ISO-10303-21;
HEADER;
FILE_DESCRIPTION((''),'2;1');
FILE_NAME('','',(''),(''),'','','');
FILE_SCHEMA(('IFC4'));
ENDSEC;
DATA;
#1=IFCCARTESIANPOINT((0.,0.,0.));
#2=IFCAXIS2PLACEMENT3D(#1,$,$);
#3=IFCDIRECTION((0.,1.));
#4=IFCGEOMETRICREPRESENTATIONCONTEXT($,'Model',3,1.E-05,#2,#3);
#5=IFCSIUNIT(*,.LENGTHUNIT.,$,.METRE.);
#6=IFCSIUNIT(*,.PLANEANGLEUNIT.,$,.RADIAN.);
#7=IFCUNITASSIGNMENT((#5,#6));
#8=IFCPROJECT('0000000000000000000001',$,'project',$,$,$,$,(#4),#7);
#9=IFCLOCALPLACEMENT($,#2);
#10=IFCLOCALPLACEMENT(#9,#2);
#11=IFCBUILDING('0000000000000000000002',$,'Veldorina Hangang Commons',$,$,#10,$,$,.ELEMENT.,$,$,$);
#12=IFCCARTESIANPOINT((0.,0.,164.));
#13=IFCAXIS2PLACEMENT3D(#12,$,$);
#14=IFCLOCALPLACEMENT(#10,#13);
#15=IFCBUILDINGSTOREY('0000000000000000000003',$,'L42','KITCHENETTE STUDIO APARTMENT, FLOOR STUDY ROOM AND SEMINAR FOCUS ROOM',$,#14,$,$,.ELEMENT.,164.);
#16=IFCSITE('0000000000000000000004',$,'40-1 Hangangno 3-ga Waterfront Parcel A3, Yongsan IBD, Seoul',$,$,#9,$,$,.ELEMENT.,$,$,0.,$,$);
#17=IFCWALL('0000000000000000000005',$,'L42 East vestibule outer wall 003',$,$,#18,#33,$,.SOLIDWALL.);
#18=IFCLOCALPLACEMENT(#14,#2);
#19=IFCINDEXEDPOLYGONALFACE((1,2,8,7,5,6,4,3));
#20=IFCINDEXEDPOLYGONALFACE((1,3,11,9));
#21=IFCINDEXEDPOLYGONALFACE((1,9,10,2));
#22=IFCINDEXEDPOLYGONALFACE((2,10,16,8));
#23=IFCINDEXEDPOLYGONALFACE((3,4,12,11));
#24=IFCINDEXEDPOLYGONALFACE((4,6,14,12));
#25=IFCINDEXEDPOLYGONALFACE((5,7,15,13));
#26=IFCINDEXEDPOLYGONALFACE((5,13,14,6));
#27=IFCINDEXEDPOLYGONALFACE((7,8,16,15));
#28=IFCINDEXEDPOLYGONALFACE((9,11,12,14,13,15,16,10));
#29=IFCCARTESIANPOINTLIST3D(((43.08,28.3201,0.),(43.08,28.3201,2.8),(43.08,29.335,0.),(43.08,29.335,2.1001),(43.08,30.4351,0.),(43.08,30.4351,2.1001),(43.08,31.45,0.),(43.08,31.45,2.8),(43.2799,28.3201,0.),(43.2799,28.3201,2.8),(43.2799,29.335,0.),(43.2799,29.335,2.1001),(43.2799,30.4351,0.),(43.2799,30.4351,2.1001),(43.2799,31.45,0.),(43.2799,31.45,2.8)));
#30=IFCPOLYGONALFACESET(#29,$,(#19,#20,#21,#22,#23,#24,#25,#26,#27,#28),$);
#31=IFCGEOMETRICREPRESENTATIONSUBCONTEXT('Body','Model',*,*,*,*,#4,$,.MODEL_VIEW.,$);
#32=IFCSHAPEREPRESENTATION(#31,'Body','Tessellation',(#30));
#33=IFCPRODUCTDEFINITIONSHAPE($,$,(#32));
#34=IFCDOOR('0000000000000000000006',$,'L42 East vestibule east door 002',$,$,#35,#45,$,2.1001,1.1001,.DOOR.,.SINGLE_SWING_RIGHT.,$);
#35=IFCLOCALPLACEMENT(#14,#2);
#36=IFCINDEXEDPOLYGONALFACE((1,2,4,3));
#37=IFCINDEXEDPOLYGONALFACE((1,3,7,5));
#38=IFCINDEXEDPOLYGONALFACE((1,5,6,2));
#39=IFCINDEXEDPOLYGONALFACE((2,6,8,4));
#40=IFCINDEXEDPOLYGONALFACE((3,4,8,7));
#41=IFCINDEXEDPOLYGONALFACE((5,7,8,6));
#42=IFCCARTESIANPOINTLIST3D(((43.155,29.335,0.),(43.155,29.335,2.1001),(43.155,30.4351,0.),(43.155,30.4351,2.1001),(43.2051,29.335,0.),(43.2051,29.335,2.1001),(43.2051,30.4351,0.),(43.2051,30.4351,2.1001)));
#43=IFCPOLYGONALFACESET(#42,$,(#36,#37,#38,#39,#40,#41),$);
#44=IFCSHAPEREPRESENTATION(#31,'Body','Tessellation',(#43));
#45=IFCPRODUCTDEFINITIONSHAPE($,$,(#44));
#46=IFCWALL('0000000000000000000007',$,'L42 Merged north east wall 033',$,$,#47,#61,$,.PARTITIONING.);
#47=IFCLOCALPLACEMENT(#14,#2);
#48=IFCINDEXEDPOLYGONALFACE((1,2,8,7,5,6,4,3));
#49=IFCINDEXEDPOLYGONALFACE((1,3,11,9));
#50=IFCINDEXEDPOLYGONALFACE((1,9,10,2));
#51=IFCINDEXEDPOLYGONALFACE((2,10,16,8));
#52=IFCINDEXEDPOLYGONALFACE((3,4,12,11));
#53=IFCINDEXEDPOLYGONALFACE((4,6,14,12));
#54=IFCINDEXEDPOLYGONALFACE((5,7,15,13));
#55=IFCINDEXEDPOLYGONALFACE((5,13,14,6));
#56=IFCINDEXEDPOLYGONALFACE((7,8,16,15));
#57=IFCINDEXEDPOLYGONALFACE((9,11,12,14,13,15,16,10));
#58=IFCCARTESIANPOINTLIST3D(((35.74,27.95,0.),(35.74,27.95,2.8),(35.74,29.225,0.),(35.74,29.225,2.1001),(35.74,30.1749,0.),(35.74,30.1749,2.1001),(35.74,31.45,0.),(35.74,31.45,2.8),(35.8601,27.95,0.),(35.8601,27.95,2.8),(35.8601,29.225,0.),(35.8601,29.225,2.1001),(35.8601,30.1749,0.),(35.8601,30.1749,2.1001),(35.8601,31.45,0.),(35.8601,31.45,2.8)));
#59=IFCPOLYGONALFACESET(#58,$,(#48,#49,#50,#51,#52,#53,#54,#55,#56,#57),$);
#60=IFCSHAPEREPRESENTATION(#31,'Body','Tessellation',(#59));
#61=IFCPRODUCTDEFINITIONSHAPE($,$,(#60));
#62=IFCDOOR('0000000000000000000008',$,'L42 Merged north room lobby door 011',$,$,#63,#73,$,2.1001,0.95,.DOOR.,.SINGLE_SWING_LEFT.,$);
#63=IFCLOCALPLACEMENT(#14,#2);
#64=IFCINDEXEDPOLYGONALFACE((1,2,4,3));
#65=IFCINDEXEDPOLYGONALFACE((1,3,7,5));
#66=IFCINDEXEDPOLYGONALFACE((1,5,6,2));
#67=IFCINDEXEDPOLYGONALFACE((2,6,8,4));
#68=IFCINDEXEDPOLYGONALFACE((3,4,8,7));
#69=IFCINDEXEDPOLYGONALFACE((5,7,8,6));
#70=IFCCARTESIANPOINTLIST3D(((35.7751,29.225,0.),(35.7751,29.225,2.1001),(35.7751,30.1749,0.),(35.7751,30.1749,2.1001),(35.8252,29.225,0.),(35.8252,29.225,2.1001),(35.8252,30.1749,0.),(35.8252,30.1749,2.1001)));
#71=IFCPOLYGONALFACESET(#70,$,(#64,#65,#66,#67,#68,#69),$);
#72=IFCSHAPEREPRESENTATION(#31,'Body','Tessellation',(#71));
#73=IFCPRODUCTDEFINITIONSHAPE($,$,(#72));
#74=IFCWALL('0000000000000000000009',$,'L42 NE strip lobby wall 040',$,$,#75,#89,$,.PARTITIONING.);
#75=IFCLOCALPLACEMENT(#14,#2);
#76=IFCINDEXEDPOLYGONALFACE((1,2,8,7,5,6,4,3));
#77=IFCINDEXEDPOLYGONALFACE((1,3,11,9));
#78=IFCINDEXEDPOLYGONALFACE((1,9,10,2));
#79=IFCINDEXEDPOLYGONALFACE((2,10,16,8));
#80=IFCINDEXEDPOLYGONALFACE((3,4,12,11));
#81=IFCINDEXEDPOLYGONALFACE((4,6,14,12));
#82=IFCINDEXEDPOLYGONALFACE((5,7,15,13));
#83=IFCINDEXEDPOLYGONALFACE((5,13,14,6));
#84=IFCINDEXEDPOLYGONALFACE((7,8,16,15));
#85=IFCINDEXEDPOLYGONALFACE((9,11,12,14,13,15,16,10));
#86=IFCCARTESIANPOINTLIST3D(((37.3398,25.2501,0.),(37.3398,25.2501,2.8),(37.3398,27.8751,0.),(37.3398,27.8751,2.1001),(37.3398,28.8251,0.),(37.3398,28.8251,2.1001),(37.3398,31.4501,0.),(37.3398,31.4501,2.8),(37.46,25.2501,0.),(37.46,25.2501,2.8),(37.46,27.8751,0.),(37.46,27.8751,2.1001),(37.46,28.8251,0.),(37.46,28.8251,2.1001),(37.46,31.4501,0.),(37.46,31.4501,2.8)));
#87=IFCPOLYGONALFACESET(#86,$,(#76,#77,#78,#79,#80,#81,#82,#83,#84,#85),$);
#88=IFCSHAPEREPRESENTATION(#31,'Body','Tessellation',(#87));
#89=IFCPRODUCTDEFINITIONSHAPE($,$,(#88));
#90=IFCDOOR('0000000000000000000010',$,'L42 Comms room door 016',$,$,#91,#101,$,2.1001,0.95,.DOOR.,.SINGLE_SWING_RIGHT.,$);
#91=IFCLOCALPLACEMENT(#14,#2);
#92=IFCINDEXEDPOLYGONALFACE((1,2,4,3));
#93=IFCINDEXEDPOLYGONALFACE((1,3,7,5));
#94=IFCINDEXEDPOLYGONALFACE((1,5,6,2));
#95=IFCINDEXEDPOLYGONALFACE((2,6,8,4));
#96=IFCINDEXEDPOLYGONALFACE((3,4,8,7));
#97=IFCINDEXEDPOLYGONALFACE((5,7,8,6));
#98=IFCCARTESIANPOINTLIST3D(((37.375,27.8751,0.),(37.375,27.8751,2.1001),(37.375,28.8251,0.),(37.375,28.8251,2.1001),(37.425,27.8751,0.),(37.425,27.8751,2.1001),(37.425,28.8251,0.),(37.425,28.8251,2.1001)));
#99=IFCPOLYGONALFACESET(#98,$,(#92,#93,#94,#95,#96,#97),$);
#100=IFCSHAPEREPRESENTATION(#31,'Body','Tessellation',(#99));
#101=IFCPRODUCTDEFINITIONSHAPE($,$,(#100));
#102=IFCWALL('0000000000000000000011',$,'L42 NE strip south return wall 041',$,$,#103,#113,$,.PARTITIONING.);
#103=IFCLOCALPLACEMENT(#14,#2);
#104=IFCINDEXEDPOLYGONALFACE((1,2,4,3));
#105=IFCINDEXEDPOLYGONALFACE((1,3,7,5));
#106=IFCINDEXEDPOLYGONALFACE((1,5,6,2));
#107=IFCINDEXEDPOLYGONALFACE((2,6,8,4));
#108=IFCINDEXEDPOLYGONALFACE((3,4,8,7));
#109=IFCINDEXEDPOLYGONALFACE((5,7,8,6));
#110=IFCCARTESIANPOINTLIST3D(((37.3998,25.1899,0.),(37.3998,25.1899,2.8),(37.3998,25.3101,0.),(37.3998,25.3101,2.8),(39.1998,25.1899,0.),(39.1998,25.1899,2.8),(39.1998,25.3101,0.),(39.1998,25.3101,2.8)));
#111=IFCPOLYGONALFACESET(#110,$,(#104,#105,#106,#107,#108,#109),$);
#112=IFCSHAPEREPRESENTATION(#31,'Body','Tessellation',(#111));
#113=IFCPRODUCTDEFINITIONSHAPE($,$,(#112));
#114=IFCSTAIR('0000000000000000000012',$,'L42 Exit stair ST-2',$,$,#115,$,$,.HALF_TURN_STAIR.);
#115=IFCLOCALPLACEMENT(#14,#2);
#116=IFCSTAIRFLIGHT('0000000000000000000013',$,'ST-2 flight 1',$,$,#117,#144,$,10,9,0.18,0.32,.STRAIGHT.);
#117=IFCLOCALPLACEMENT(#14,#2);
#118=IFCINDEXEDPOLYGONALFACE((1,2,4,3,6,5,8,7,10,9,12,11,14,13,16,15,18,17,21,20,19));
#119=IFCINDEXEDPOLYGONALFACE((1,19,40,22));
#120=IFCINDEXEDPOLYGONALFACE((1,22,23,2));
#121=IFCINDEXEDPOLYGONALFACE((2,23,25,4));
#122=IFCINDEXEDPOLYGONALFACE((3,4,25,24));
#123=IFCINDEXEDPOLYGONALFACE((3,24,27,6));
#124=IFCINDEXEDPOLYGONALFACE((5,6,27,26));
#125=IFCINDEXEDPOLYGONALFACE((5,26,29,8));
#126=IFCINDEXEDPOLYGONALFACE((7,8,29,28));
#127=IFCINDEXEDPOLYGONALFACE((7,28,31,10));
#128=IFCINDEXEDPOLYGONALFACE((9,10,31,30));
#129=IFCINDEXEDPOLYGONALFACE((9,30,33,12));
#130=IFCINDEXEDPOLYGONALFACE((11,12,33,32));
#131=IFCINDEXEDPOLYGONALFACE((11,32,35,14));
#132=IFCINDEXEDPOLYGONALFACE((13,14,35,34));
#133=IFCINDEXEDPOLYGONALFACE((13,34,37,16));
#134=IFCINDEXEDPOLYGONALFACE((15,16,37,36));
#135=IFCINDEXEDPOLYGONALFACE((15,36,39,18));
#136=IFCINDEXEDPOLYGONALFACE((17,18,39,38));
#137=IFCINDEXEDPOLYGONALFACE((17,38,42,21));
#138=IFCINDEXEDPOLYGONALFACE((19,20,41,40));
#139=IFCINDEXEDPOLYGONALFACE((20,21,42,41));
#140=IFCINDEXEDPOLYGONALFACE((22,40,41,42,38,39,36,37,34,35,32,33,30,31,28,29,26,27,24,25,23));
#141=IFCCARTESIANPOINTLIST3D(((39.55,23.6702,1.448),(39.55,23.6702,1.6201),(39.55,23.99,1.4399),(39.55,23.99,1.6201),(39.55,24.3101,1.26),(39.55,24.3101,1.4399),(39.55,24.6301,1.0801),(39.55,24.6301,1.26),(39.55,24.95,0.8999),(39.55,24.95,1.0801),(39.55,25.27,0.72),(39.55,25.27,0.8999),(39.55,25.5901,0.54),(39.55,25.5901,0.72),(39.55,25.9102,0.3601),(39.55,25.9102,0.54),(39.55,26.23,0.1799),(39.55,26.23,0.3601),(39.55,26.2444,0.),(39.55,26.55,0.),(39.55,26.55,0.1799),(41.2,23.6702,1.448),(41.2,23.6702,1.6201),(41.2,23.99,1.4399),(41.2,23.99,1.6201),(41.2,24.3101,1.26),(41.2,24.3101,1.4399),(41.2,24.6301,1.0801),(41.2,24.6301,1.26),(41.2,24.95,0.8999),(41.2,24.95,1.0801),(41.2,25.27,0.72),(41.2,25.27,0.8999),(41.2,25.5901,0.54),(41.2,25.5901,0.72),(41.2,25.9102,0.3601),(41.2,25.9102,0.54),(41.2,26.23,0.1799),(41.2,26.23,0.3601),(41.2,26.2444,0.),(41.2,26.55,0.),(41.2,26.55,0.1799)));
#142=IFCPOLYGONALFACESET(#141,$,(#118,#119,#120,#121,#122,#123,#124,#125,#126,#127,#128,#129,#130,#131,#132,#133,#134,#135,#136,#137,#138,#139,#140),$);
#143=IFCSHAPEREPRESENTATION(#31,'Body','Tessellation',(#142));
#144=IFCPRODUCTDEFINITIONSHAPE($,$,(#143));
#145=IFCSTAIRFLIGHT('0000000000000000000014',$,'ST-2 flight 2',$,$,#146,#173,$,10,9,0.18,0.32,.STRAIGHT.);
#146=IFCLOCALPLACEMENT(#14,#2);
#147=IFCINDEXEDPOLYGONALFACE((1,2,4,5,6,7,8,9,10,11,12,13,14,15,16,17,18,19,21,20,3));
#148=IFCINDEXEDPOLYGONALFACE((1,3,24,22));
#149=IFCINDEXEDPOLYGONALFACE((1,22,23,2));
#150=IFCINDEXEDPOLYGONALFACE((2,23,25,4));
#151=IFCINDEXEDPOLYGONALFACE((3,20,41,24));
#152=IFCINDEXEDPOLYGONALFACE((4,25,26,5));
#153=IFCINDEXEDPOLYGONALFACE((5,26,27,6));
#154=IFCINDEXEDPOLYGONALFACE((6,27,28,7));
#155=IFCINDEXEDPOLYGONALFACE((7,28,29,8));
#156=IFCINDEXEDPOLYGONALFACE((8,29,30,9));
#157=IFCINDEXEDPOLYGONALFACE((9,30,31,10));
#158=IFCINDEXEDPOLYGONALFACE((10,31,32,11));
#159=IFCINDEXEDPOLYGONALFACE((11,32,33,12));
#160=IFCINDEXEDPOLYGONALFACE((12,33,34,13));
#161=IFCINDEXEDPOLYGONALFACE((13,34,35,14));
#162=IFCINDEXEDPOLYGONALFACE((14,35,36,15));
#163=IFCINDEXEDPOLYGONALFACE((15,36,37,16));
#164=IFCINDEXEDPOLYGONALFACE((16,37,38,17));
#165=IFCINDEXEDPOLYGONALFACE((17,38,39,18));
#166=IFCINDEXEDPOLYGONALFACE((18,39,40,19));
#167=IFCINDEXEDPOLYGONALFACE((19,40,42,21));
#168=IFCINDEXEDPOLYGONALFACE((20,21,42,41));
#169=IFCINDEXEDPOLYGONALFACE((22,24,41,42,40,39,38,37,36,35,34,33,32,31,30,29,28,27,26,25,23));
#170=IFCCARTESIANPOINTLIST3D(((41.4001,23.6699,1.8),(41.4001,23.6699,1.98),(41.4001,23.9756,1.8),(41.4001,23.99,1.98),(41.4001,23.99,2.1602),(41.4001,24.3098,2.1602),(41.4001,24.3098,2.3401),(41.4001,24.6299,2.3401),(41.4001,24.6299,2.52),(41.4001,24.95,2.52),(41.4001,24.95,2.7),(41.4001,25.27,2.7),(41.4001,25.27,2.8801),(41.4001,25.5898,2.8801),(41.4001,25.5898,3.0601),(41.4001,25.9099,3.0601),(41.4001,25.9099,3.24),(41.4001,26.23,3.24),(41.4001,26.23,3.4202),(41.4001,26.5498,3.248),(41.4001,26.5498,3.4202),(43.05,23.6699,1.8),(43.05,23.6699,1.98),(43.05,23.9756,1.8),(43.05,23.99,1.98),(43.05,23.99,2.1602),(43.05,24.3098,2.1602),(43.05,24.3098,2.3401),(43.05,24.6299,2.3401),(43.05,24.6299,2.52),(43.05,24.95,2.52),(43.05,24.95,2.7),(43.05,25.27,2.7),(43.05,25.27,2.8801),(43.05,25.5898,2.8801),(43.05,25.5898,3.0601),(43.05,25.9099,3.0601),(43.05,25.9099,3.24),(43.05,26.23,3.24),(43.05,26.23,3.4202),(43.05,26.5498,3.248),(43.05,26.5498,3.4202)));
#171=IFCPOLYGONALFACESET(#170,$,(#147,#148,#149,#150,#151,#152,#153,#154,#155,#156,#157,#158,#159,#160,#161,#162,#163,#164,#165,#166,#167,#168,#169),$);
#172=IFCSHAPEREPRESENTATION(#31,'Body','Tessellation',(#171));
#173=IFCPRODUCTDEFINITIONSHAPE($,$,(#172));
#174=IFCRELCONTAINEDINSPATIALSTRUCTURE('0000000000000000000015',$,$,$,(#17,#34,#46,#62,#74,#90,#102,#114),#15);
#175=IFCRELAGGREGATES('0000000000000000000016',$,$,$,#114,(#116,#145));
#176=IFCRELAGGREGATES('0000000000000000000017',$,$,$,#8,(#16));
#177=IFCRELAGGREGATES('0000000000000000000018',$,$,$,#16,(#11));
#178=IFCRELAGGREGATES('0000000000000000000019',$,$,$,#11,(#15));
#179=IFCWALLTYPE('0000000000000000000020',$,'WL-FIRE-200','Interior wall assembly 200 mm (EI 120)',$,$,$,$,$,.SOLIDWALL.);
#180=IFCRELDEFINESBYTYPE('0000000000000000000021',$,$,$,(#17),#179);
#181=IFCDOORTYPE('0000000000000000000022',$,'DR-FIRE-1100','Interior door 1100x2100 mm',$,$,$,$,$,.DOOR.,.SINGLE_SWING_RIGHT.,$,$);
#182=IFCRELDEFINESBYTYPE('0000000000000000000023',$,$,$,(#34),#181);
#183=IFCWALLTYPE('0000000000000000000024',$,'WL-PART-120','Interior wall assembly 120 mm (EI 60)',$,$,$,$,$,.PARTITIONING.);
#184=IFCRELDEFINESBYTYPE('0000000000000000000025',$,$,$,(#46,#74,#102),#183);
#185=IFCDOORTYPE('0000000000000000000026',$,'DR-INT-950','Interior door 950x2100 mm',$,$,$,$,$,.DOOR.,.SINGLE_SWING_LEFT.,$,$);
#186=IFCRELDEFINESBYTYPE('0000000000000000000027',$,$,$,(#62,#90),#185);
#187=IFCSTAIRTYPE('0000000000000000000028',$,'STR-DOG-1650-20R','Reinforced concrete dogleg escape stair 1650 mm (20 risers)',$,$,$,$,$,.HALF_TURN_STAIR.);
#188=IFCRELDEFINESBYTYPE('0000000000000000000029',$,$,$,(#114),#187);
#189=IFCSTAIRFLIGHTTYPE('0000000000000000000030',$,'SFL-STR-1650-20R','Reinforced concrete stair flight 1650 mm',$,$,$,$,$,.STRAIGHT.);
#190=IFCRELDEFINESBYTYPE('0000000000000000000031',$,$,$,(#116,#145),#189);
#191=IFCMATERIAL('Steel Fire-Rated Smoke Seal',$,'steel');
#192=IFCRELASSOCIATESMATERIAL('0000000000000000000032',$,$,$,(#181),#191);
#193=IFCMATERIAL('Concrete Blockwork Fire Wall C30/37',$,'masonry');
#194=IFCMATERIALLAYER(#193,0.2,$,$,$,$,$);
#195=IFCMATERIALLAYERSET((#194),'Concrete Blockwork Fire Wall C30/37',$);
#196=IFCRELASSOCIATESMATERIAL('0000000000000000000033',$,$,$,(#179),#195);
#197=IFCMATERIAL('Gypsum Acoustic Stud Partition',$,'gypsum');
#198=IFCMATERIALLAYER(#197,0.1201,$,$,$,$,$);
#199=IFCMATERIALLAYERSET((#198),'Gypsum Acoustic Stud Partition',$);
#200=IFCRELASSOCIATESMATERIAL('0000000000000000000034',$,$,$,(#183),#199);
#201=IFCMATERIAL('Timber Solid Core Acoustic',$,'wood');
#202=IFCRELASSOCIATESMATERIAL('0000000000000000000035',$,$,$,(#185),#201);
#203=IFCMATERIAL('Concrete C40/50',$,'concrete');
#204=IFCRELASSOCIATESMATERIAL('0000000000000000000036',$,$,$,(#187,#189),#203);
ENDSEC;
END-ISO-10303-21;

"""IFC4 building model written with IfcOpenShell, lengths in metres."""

from ifc_helpers import new_model, si_unit, direction, frame, frame_2d, origin, place, context, subcontext, project, spatial, polyline, rectangle, outline, extrude, material, layer, layer_set, type_object, element, fill, aggregate, save


model = new_model("IFC4")

# Units and contexts
model_context = context("Model", 3, precision=1e-05, world=origin(), true_north=direction((0.0, 1.0)))
body_context = subcontext(model_context, "Body", "Model", "MODEL_VIEW")
ifc_project = project(units=[si_unit("LENGTHUNIT", "METRE"), si_unit("PLANEANGLEUNIT", "RADIAN")], contexts=[model_context])

# Site, building, storey
site_placement = place(None, origin())
site = spatial("IfcSite", under=ifc_project, at=site_placement, Name="40-1 Hangangno 3-ga Waterfront Parcel A3, Yongsan IBD, Seoul", CompositionType="ELEMENT", RefElevation=0.0)
building_placement = place(site_placement, origin())
building = spatial("IfcBuilding", under=site, at=building_placement, Name="Veldorina Hangang Commons", CompositionType="ELEMENT")
storey_placement = place(building_placement, frame((0.0, 0.0, 164.0)))
storey = spatial("IfcBuildingStorey", under=building, at=storey_placement, Name="L42", Description="KITCHENETTE STUDIO APARTMENT, FLOOR STUDY ROOM AND SEMINAR FOCUS ROOM", CompositionType="ELEMENT", Elevation=164.0)

# Shared definitions
ifc_material_1 = material(Name="Steel Fire-Rated Smoke Seal", Category="steel")
door_type_1 = type_object("IfcDoorType", Name="DR-FIRE-1100", Description="Interior door 1100x2100 mm", OperationType="SINGLE_SWING_RIGHT", PredefinedType="DOOR", material=ifc_material_1)

# Walls, openings, doors
ifc_material_2 = material(Name="Concrete Blockwork Fire Wall C30/37", Category="masonry")
ifc_layer_1 = layer(ifc_material_2, 0.2)
ifc_layer_set_1 = layer_set([ifc_layer_1], Name="Concrete Blockwork Fire Wall C30/37")
wall_type_1 = type_object("IfcWallType", Name="WL-FIRE-200", Description="Interior wall assembly 200 mm (EI 120)", PredefinedType="SOLIDWALL", material=ifc_layer_set_1)
wall_1_placement = place(storey_placement, frame((43.1799, 28.3201, 0.0), z_axis=(0.0, 0.0, 1.0), x_axis=(0.0, 1.0, 0.0)))
wall_1 = element("IfcWall", 1, at=wall_1_placement, inside=storey, type_object=wall_type_1, Name="L42 East vestibule outer wall 003", PredefinedType="SOLIDWALL", context=body_context, shape_type="SweptSolid", body=[
    extrude(rectangle(XDim=3.1299, YDim=0.2, at=frame_2d((1.5649, 0.0))), origin(), (0.0, 0.0, 1.0), 2.8),
])
opening_1_placement = place(wall_1_placement, frame((1.0149, 0.0, 0.0)))
opening_1 = element("IfcOpeningElement", 2, at=opening_1_placement, cuts=wall_1, PredefinedType="OPENING", context=body_context, shape_type="SweptSolid", body=[
    extrude(rectangle(XDim=1.1001, YDim=2.1001, at=frame_2d((0.55, 1.05))), frame((0.0, 0.1099, 0.0), z_axis=(0.0, -1.0, 0.0), x_axis=(1.0, 0.0, 0.0)), (0.0, 0.0, 1.0), 0.22),
])
door_1_placement = place(opening_1_placement, origin())
door_1 = element("IfcDoor", 3, at=door_1_placement, inside=storey, type_object=door_type_1, Name="L42 East vestibule east door 002", OperationType="SINGLE_SWING_RIGHT", OverallHeight=2.1001, OverallWidth=1.1001, PredefinedType="DOOR", context=body_context, shape_type="SweptSolid", body=[
    extrude(rectangle(XDim=1.1001, YDim=2.1001, at=frame_2d((0.55, 1.05))), frame((0.0, 0.0249, 0.0), z_axis=(0.0, -1.0, 0.0), x_axis=(1.0, 0.0, 0.0)), (0.0, 0.0, 1.0), 0.05),
])
fill(opening_1, door_1)
ifc_material_3 = material(Name="Gypsum Acoustic Stud Partition", Category="gypsum")
ifc_layer_2 = layer(ifc_material_3, 0.1201)
ifc_layer_set_2 = layer_set([ifc_layer_2], Name="Gypsum Acoustic Stud Partition")
wall_type_2 = type_object("IfcWallType", Name="WL-PART-120", Description="Interior wall assembly 120 mm (EI 60)", PredefinedType="PARTITIONING", material=ifc_layer_set_2)
wall_2_placement = place(storey_placement, frame((35.8, 27.95, 0.0), z_axis=(0.0, 0.0, 1.0), x_axis=(0.0, 1.0, 0.0)))
wall_2 = element("IfcWall", 4, at=wall_2_placement, inside=storey, type_object=wall_type_2, Name="L42 Merged north east wall 033", PredefinedType="PARTITIONING", context=body_context, shape_type="SweptSolid", body=[
    extrude(rectangle(XDim=3.5, YDim=0.1201, at=frame_2d((1.75, 0.0))), origin(), (0.0, 0.0, 1.0), 2.8),
])
opening_2_placement = place(wall_2_placement, frame((1.2749, 0.0, 0.0)))
opening_2 = element("IfcOpeningElement", 5, at=opening_2_placement, cuts=wall_2, PredefinedType="OPENING", context=body_context, shape_type="SweptSolid", body=[
    extrude(rectangle(XDim=0.95, YDim=2.1001, at=frame_2d((0.4751, 1.05))), frame((0.0, 0.0701, 0.0), z_axis=(0.0, -1.0, 0.0), x_axis=(1.0, 0.0, 0.0)), (0.0, 0.0, 1.0), 0.1401),
])
ifc_material_4 = material(Name="Timber Solid Core Acoustic", Category="wood")
door_type_2 = type_object("IfcDoorType", Name="DR-INT-950", Description="Interior door 950x2100 mm", OperationType="SINGLE_SWING_LEFT", PredefinedType="DOOR", material=ifc_material_4)
door_2_placement = place(opening_2_placement, origin())
door_2 = element("IfcDoor", 6, at=door_2_placement, inside=storey, type_object=door_type_2, Name="L42 Merged north room lobby door 011", OperationType="SINGLE_SWING_LEFT", OverallHeight=2.1001, OverallWidth=0.95, PredefinedType="DOOR", context=body_context, shape_type="SweptSolid", body=[
    extrude(rectangle(XDim=0.95, YDim=2.1001, at=frame_2d((0.4751, 1.05))), frame((0.0, 0.0249, 0.0), z_axis=(0.0, -1.0, 0.0), x_axis=(1.0, 0.0, 0.0)), (0.0, 0.0, 1.0), 0.05),
])
fill(opening_2, door_2)
wall_3_placement = place(storey_placement, frame((37.3999, 25.25, 0.0), z_axis=(0.0, 0.0, 1.0), x_axis=(0.0, 1.0, 0.0)))
wall_3 = element("IfcWall", 7, at=wall_3_placement, inside=storey, type_object=wall_type_2, Name="L42 NE strip lobby wall 040", PredefinedType="PARTITIONING", context=body_context, shape_type="SweptSolid", body=[
    extrude(rectangle(XDim=6.2, YDim=0.1201, at=frame_2d((3.1001, 0.0))), origin(), (0.0, 0.0, 1.0), 2.8),
])
opening_3_placement = place(wall_3_placement, frame((2.625, 0.0, 0.0)))
opening_3 = element("IfcOpeningElement", 8, at=opening_3_placement, cuts=wall_3, PredefinedType="OPENING", context=body_context, shape_type="SweptSolid", body=[
    extrude(rectangle(XDim=0.95, YDim=2.1001, at=frame_2d((0.4751, 1.05))), frame((0.0, 0.0701, 0.0), z_axis=(0.0, -1.0, 0.0), x_axis=(1.0, 0.0, 0.0)), (0.0, 0.0, 1.0), 0.1401),
])
door_3_placement = place(opening_3_placement, origin())
door_3 = element("IfcDoor", 9, at=door_3_placement, inside=storey, type_object=door_type_2, Name="L42 Comms room door 016", OperationType="SINGLE_SWING_RIGHT", OverallHeight=2.1001, OverallWidth=0.95, PredefinedType="DOOR", context=body_context, shape_type="SweptSolid", body=[
    extrude(rectangle(XDim=0.95, YDim=2.1001, at=frame_2d((0.4751, 1.05))), frame((0.0, 0.0249, 0.0), z_axis=(0.0, -1.0, 0.0), x_axis=(1.0, 0.0, 0.0)), (0.0, 0.0, 1.0), 0.05),
])
fill(opening_3, door_3)

# Wall
wall_4_placement = place(storey_placement, frame((37.3999, 25.25, 0.0), z_axis=(0.0, 0.0, 1.0), x_axis=(1.0, 0.0, 0.0)))
element("IfcWall", 10, at=wall_4_placement, inside=storey, type_object=wall_type_2, Name="L42 NE strip south return wall 041", PredefinedType="PARTITIONING", context=body_context, shape_type="SweptSolid", body=[
    extrude(rectangle(XDim=1.8, YDim=0.1201, at=frame_2d((0.8999, 0.0))), origin(), (0.0, 0.0, 1.0), 2.8),
])

# Stair, stair flights
ifc_material_5 = material(Name="Concrete C40/50", Category="concrete")
stair_type = type_object("IfcStairType", Name="STR-DOG-1650-20R", Description="Reinforced concrete dogleg escape stair 1650 mm (20 risers)", PredefinedType="HALF_TURN_STAIR", material=ifc_material_5)
stair_placement = place(storey_placement, origin())
stair = element("IfcStair", 11, at=stair_placement, inside=storey, type_object=stair_type, Name="L42 Exit stair ST-2", PredefinedType="HALF_TURN_STAIR")
stair_flight_type = type_object("IfcStairFlightType", Name="SFL-STR-1650-20R", Description="Reinforced concrete stair flight 1650 mm", PredefinedType="STRAIGHT", material=ifc_material_5)
stair_flight_1_placement = place(storey_placement, frame((40.375, 26.55, 0.0), z_axis=(0.0, 0.0, 1.0), x_axis=(0.0, -1.0, 0.0)))
stair_flight_1 = element("IfcStairFlight", 12, at=stair_flight_1_placement, type_object=stair_flight_type, Name="ST-2 flight 1", NumberOfRisers=10, NumberOfTreads=9, PredefinedType="STRAIGHT", RiserHeight=0.18, TreadLength=0.32, context=body_context, shape_type="SweptSolid", body=[
    extrude(outline(polyline([(0.0, 0.0), (0.0, 0.1799), (0.3201, 0.1799), (0.3201, 0.3601), (0.6399, 0.3601), (0.6399, 0.54), (0.96, 0.54), (0.96, 0.72), (1.28, 0.72), (1.28, 0.8999), (1.6001, 0.8999), (1.6001, 1.0801), (1.9199, 1.0801), (1.9199, 1.26), (2.24, 1.26), (2.24, 1.4399), (2.5601, 1.4399), (2.5601, 1.6201), (2.8799, 1.6201), (2.8799, 1.8), (2.8799, 1.448), (0.3057, 0.0), (0.0, 0.0)])), frame((0.0, 0.825, 0.0), z_axis=(0.0, -1.0, 0.0), x_axis=(1.0, 0.0, 0.0)), (0.0, 0.0, 1.0), 1.6499),
])
stair_flight_2_placement = place(storey_placement, frame((42.2251, 23.6699, 1.8), z_axis=(0.0, 0.0, 1.0), x_axis=(0.0, 1.0, 0.0)))
stair_flight_2 = element("IfcStairFlight", 13, at=stair_flight_2_placement, type_object=stair_flight_type, Name="ST-2 flight 2", NumberOfRisers=10, NumberOfTreads=9, PredefinedType="STRAIGHT", RiserHeight=0.18, TreadLength=0.32, context=body_context, shape_type="SweptSolid", body=[
    extrude(outline(polyline([(0.0, 0.0), (0.0, 0.1799), (0.3201, 0.1799), (0.3201, 0.3601), (0.6399, 0.3601), (0.6399, 0.54), (0.96, 0.54), (0.96, 0.72), (1.28, 0.72), (1.28, 0.8999), (1.6001, 0.8999), (1.6001, 1.0801), (1.9199, 1.0801), (1.9199, 1.26), (2.24, 1.26), (2.24, 1.4399), (2.5601, 1.4399), (2.5601, 1.6201), (2.8799, 1.6201), (2.8799, 1.8), (2.8799, 1.448), (0.3057, 0.0), (0.0, 0.0)])), frame((0.0, 0.825, 0.0), z_axis=(0.0, -1.0, 0.0), x_axis=(1.0, 0.0, 0.0)), (0.0, 0.0, 1.0), 1.6499),
])
aggregate(stair, [stair_flight_1, stair_flight_2])

save(model, "model.ifc")
